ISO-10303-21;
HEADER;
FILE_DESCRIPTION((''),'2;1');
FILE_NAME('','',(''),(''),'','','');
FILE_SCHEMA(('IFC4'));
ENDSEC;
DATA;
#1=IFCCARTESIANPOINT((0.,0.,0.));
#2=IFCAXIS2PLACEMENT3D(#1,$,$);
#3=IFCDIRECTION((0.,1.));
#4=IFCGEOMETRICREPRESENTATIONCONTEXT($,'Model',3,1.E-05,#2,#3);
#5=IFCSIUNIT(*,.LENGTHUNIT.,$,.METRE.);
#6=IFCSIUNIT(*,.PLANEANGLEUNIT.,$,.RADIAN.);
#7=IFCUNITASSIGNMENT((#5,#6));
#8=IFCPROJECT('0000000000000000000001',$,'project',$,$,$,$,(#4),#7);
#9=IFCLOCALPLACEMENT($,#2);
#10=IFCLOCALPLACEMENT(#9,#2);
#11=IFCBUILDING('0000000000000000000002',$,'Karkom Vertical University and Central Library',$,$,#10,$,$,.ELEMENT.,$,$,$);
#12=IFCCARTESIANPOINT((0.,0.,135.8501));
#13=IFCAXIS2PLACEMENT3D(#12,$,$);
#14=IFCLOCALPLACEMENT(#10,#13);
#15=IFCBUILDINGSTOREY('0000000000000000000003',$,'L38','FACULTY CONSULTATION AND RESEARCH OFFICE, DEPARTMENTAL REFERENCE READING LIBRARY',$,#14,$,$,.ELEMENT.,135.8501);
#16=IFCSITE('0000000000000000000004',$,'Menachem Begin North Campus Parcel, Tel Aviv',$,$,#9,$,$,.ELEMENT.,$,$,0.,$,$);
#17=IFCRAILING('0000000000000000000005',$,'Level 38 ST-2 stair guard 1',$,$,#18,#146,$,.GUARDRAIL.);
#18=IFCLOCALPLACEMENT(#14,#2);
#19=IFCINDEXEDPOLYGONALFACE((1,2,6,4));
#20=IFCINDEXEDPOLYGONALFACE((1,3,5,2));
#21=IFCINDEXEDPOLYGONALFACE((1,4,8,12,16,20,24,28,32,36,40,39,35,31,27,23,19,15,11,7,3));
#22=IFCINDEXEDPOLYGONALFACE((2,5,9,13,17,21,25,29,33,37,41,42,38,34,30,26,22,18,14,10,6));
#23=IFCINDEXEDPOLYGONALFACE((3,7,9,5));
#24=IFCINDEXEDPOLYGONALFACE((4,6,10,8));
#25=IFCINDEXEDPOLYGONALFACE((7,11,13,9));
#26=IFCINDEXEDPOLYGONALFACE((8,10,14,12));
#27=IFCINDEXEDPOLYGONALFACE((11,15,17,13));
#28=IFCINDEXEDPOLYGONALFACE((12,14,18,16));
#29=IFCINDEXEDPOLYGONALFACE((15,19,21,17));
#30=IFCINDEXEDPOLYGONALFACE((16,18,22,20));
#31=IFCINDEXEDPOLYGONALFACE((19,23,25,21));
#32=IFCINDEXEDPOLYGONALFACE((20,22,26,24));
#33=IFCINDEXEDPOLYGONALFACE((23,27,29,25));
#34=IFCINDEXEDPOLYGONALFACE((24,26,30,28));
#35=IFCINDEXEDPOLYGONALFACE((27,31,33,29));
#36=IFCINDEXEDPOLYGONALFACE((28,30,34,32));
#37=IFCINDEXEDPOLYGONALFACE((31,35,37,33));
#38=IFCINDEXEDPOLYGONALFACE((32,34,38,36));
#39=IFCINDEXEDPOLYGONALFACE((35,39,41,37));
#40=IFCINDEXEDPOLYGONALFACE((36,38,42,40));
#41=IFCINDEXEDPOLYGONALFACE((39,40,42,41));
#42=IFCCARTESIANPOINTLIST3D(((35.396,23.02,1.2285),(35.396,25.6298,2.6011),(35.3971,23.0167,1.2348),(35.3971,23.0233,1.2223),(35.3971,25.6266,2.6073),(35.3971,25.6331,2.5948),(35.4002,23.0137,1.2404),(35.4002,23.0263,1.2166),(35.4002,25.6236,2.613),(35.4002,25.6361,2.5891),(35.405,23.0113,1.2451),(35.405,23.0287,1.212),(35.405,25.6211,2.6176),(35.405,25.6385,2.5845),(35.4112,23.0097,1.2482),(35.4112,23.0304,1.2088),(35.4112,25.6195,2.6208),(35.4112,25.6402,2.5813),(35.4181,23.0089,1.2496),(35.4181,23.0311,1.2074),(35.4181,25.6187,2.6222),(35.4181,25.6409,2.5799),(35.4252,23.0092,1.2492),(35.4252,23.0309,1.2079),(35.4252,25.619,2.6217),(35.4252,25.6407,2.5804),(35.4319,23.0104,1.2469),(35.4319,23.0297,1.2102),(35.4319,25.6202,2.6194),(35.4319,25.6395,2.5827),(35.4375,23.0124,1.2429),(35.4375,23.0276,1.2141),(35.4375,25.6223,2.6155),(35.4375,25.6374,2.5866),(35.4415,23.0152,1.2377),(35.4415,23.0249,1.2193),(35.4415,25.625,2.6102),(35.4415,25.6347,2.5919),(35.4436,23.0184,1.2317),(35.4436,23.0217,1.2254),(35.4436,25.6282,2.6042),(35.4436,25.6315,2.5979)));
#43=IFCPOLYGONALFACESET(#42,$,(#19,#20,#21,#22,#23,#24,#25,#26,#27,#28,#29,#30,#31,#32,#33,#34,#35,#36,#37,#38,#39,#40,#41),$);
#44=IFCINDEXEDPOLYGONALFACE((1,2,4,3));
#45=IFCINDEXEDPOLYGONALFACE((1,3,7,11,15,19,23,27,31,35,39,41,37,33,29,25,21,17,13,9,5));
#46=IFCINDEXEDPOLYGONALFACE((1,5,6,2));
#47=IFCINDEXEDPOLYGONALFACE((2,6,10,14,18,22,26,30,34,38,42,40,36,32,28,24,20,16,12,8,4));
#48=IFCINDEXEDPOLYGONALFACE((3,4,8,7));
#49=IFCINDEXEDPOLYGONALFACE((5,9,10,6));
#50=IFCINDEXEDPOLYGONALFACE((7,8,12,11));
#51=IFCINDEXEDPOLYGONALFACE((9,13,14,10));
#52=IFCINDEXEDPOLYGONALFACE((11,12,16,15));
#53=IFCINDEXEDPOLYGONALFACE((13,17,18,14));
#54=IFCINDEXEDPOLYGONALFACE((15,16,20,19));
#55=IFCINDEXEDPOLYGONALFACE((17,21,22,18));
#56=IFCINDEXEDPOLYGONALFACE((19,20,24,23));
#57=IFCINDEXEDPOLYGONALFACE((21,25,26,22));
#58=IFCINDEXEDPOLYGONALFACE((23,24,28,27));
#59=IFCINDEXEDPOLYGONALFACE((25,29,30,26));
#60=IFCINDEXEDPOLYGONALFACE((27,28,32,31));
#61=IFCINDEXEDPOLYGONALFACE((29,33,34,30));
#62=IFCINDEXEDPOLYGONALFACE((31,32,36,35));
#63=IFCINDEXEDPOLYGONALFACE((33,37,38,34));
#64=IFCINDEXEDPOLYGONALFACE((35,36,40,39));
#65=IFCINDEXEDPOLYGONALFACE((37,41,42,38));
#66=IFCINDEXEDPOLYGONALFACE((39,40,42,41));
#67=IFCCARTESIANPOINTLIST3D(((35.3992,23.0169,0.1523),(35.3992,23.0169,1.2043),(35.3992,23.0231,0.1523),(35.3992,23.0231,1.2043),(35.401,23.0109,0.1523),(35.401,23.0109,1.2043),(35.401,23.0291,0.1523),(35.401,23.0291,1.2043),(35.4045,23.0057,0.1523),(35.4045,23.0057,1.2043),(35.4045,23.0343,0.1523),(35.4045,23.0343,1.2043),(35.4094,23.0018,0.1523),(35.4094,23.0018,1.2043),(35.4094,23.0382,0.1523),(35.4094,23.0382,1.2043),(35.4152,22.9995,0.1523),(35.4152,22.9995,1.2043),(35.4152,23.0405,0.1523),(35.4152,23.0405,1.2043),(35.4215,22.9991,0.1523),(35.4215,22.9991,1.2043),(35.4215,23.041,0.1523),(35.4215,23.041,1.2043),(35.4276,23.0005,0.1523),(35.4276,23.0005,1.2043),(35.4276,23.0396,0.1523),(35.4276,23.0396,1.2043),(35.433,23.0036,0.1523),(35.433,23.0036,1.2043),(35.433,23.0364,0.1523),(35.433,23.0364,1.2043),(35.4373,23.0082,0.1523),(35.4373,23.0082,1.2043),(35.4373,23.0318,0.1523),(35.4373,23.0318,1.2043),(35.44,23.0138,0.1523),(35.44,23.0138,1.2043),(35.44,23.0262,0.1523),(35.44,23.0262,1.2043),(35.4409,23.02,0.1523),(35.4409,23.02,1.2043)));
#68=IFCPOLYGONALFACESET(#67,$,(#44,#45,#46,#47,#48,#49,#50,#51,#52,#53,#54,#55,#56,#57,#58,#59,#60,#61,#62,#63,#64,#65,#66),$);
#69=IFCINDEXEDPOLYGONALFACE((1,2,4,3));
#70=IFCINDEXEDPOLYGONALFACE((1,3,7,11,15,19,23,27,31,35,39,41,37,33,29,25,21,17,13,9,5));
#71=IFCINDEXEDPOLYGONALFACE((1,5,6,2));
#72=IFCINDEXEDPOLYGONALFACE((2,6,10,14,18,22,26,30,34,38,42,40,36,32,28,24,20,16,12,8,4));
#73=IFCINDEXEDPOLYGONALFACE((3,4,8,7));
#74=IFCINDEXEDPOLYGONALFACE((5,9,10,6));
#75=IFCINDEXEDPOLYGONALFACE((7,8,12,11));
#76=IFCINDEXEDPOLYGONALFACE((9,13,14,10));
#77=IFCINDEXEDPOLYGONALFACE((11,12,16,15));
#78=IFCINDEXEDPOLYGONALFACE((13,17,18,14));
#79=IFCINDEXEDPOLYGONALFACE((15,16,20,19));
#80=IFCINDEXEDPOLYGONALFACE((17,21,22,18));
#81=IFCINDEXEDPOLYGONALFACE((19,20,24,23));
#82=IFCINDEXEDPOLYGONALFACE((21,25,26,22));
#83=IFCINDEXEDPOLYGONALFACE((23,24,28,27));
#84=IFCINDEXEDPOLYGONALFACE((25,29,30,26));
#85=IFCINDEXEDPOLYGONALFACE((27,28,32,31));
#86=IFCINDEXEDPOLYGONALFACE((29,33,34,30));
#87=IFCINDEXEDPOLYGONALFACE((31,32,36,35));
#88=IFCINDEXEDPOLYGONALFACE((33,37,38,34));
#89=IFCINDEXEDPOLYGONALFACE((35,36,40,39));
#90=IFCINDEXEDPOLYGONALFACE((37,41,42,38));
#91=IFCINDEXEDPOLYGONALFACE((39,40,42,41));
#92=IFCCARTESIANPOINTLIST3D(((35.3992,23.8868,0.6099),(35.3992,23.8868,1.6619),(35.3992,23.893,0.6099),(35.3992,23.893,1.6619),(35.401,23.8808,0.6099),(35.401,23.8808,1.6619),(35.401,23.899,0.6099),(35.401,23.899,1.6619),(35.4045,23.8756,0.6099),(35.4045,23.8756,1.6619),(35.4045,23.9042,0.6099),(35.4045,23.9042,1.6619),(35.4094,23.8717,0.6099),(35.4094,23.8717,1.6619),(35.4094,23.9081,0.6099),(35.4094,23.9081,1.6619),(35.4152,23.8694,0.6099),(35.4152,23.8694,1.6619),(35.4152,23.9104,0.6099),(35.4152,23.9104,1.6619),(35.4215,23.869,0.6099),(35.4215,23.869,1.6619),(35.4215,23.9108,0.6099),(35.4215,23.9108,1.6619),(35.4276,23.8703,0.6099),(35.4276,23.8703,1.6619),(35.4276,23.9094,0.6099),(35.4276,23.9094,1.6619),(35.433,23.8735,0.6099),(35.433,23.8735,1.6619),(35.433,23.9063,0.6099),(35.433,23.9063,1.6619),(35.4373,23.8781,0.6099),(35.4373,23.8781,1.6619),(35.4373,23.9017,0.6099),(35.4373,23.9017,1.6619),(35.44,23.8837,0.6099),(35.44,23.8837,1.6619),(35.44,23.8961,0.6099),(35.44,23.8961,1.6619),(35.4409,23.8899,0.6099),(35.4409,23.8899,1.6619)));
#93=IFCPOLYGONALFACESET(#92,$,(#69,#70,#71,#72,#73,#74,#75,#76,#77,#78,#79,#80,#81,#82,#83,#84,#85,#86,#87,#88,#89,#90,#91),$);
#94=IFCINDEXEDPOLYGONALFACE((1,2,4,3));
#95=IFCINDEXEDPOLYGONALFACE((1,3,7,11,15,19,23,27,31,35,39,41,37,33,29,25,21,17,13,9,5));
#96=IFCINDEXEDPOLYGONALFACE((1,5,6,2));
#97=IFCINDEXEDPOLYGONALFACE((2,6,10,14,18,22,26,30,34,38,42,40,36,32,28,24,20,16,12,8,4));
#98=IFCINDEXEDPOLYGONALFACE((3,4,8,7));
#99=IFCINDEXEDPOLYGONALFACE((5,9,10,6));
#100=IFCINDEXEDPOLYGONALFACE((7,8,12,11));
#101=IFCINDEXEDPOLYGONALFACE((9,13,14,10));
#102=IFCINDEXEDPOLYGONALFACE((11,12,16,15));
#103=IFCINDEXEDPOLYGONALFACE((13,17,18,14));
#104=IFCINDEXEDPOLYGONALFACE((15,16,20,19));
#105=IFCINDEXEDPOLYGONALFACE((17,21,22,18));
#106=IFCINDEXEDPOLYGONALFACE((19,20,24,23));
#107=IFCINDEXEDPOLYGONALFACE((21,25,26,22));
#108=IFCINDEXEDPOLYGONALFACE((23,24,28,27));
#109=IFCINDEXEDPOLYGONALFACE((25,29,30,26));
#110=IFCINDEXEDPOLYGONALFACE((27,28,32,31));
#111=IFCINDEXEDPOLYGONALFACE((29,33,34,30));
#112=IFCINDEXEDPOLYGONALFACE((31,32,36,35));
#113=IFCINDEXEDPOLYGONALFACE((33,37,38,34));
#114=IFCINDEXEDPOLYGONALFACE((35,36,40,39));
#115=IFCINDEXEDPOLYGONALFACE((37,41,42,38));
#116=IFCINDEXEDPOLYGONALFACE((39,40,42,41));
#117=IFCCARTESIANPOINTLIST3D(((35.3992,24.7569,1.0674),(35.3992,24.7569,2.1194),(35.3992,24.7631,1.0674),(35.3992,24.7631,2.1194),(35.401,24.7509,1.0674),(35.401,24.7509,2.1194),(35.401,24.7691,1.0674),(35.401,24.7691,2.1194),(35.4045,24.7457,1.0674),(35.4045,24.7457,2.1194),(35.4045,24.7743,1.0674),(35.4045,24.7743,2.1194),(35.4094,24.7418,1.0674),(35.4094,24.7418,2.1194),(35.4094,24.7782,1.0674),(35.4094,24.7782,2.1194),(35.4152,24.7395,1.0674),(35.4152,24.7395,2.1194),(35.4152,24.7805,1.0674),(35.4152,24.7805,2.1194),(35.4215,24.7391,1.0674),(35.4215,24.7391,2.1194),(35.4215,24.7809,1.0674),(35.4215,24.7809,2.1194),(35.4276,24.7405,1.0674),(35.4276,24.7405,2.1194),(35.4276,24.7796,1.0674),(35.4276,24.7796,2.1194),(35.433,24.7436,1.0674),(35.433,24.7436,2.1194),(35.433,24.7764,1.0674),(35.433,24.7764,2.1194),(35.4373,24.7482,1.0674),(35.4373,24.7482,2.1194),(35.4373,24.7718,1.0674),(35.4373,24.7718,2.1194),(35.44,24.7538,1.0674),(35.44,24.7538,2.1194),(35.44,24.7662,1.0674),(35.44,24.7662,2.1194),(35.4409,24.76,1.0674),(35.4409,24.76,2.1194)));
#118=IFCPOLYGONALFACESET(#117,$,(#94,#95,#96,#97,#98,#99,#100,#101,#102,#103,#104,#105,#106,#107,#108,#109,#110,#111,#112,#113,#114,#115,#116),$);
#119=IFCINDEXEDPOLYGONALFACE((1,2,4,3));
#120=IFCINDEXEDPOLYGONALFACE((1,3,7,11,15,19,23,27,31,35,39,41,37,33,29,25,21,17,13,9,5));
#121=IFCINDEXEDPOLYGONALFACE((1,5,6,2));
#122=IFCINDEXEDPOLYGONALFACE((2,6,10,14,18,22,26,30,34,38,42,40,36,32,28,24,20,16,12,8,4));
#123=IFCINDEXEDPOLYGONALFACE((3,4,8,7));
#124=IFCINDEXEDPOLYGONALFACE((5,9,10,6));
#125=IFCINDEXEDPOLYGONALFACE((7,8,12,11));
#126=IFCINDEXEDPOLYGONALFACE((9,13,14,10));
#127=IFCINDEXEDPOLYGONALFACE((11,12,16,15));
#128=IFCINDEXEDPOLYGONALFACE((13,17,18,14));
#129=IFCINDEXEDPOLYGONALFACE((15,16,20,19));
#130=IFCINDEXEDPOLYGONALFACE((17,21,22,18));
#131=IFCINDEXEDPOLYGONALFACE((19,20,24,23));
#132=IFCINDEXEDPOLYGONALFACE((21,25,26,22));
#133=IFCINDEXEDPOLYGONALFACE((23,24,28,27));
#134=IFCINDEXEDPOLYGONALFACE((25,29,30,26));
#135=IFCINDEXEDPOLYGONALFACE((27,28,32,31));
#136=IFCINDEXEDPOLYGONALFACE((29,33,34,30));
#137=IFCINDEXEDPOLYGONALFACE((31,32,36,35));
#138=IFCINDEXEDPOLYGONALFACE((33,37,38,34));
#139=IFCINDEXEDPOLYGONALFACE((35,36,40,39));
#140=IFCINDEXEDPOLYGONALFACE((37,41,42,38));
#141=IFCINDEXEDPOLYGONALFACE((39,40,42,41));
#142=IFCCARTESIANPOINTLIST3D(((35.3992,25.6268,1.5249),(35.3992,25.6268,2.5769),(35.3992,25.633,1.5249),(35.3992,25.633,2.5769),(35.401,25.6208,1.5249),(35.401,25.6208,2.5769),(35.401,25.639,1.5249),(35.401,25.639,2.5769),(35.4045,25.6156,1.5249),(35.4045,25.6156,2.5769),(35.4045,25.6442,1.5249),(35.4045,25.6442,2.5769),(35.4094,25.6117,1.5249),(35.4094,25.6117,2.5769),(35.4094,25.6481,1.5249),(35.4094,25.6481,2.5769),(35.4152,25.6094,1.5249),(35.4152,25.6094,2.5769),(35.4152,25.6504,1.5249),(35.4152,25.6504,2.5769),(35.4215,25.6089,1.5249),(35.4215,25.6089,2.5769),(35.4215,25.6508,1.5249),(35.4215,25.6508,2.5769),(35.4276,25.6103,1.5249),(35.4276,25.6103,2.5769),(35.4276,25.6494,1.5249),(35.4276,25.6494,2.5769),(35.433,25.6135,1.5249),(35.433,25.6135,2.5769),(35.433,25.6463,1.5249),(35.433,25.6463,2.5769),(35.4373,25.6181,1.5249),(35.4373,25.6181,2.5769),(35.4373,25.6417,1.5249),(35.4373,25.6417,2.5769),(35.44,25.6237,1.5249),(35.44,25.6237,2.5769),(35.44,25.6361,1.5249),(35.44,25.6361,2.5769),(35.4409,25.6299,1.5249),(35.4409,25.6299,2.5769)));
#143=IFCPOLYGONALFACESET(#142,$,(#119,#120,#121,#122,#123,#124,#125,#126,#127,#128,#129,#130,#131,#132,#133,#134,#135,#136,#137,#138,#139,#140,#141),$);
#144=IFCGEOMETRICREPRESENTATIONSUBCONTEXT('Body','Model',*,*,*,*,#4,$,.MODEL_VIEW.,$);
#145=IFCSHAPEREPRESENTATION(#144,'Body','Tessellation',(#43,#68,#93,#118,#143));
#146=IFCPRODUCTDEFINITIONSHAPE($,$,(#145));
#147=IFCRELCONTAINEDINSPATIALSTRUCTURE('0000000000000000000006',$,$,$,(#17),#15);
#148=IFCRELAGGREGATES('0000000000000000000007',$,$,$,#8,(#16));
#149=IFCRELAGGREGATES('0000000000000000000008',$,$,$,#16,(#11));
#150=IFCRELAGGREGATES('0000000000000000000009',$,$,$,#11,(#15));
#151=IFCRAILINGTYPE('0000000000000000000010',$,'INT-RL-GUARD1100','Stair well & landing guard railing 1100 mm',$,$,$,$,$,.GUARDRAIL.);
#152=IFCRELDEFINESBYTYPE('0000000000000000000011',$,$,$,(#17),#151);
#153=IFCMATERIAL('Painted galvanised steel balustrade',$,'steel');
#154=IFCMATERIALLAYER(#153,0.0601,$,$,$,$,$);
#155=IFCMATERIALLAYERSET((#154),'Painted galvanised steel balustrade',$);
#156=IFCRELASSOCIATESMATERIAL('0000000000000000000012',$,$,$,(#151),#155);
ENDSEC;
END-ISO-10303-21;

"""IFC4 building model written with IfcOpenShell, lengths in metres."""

from ifc_helpers import new_model, si_unit, direction, frame, origin, origin_2d, place, context, subcontext, project, spatial, circle, extrude, material, layer, layer_set, type_object, element, save


model = new_model("IFC4")

# Units and contexts
model_context = context("Model", 3, precision=1e-05, world=origin(), true_north=direction((0.0, 1.0)))
body_context = subcontext(model_context, "Body", "Model", "MODEL_VIEW")
ifc_project = project(units=[si_unit("LENGTHUNIT", "METRE"), si_unit("PLANEANGLEUNIT", "RADIAN")], contexts=[model_context])

# Site, building, storey
site_placement = place(None, origin())
site = spatial("IfcSite", under=ifc_project, at=site_placement, Name="Menachem Begin North Campus Parcel, Tel Aviv", CompositionType="ELEMENT", RefElevation=0.0)
building_placement = place(site_placement, origin())
building = spatial("IfcBuilding", under=site, at=building_placement, Name="Karkom Vertical University and Central Library", CompositionType="ELEMENT")
storey_placement = place(building_placement, frame((0.0, 0.0, 135.8501)))
storey = spatial("IfcBuildingStorey", under=building, at=storey_placement, Name="L38", Description="FACULTY CONSULTATION AND RESEARCH OFFICE, DEPARTMENTAL REFERENCE READING LIBRARY", CompositionType="ELEMENT", Elevation=135.8501)

# Railing
ifc_material_1 = material(Name="Painted galvanised steel balustrade", Category="steel")
ifc_layer_1 = layer(ifc_material_1, 0.0601)
ifc_layer_set_1 = layer_set([ifc_layer_1], Name="Painted galvanised steel balustrade")
railing_type_1 = type_object("IfcRailingType", Name="INT-RL-GUARD1100", Description="Stair well & landing guard railing 1100 mm", PredefinedType="GUARDRAIL", material=ifc_layer_set_1)
railing_1_placement = place(storey_placement, frame((35.4199, 23.02, 0.1523)))
element("IfcRailing", 1, at=railing_1_placement, inside=storey, type_object=railing_type_1, Name="Level 38 ST-2 stair guard 1", PredefinedType="GUARDRAIL", context=body_context, shape_type="SweptSolid", body=[
    extrude(circle(Radius=0.0239, at=origin_2d()), frame((0.0, 0.0, 1.0762), z_axis=(0.0, 0.885065, 0.465467), x_axis=(-1.0, 0.0, 0.0)), (0.0, 0.0, 1.0), 2.9487),
    extrude(circle(Radius=0.021, at=origin_2d()), origin(), (0.0, 0.0, 1.0), 1.052),
    extrude(circle(Radius=0.021, at=origin_2d()), frame((0.0, 0.8699, 0.4575)), (0.0, 0.0, 1.0), 1.052),
    extrude(circle(Radius=0.021, at=origin_2d()), frame((0.0, 1.74, 0.915)), (0.0, 0.0, 1.0), 1.052),
    extrude(circle(Radius=0.021, at=origin_2d()), frame((0.0, 2.6099, 1.3726)), (0.0, 0.0, 1.0), 1.052),
])

save(model, "model.ifc")
